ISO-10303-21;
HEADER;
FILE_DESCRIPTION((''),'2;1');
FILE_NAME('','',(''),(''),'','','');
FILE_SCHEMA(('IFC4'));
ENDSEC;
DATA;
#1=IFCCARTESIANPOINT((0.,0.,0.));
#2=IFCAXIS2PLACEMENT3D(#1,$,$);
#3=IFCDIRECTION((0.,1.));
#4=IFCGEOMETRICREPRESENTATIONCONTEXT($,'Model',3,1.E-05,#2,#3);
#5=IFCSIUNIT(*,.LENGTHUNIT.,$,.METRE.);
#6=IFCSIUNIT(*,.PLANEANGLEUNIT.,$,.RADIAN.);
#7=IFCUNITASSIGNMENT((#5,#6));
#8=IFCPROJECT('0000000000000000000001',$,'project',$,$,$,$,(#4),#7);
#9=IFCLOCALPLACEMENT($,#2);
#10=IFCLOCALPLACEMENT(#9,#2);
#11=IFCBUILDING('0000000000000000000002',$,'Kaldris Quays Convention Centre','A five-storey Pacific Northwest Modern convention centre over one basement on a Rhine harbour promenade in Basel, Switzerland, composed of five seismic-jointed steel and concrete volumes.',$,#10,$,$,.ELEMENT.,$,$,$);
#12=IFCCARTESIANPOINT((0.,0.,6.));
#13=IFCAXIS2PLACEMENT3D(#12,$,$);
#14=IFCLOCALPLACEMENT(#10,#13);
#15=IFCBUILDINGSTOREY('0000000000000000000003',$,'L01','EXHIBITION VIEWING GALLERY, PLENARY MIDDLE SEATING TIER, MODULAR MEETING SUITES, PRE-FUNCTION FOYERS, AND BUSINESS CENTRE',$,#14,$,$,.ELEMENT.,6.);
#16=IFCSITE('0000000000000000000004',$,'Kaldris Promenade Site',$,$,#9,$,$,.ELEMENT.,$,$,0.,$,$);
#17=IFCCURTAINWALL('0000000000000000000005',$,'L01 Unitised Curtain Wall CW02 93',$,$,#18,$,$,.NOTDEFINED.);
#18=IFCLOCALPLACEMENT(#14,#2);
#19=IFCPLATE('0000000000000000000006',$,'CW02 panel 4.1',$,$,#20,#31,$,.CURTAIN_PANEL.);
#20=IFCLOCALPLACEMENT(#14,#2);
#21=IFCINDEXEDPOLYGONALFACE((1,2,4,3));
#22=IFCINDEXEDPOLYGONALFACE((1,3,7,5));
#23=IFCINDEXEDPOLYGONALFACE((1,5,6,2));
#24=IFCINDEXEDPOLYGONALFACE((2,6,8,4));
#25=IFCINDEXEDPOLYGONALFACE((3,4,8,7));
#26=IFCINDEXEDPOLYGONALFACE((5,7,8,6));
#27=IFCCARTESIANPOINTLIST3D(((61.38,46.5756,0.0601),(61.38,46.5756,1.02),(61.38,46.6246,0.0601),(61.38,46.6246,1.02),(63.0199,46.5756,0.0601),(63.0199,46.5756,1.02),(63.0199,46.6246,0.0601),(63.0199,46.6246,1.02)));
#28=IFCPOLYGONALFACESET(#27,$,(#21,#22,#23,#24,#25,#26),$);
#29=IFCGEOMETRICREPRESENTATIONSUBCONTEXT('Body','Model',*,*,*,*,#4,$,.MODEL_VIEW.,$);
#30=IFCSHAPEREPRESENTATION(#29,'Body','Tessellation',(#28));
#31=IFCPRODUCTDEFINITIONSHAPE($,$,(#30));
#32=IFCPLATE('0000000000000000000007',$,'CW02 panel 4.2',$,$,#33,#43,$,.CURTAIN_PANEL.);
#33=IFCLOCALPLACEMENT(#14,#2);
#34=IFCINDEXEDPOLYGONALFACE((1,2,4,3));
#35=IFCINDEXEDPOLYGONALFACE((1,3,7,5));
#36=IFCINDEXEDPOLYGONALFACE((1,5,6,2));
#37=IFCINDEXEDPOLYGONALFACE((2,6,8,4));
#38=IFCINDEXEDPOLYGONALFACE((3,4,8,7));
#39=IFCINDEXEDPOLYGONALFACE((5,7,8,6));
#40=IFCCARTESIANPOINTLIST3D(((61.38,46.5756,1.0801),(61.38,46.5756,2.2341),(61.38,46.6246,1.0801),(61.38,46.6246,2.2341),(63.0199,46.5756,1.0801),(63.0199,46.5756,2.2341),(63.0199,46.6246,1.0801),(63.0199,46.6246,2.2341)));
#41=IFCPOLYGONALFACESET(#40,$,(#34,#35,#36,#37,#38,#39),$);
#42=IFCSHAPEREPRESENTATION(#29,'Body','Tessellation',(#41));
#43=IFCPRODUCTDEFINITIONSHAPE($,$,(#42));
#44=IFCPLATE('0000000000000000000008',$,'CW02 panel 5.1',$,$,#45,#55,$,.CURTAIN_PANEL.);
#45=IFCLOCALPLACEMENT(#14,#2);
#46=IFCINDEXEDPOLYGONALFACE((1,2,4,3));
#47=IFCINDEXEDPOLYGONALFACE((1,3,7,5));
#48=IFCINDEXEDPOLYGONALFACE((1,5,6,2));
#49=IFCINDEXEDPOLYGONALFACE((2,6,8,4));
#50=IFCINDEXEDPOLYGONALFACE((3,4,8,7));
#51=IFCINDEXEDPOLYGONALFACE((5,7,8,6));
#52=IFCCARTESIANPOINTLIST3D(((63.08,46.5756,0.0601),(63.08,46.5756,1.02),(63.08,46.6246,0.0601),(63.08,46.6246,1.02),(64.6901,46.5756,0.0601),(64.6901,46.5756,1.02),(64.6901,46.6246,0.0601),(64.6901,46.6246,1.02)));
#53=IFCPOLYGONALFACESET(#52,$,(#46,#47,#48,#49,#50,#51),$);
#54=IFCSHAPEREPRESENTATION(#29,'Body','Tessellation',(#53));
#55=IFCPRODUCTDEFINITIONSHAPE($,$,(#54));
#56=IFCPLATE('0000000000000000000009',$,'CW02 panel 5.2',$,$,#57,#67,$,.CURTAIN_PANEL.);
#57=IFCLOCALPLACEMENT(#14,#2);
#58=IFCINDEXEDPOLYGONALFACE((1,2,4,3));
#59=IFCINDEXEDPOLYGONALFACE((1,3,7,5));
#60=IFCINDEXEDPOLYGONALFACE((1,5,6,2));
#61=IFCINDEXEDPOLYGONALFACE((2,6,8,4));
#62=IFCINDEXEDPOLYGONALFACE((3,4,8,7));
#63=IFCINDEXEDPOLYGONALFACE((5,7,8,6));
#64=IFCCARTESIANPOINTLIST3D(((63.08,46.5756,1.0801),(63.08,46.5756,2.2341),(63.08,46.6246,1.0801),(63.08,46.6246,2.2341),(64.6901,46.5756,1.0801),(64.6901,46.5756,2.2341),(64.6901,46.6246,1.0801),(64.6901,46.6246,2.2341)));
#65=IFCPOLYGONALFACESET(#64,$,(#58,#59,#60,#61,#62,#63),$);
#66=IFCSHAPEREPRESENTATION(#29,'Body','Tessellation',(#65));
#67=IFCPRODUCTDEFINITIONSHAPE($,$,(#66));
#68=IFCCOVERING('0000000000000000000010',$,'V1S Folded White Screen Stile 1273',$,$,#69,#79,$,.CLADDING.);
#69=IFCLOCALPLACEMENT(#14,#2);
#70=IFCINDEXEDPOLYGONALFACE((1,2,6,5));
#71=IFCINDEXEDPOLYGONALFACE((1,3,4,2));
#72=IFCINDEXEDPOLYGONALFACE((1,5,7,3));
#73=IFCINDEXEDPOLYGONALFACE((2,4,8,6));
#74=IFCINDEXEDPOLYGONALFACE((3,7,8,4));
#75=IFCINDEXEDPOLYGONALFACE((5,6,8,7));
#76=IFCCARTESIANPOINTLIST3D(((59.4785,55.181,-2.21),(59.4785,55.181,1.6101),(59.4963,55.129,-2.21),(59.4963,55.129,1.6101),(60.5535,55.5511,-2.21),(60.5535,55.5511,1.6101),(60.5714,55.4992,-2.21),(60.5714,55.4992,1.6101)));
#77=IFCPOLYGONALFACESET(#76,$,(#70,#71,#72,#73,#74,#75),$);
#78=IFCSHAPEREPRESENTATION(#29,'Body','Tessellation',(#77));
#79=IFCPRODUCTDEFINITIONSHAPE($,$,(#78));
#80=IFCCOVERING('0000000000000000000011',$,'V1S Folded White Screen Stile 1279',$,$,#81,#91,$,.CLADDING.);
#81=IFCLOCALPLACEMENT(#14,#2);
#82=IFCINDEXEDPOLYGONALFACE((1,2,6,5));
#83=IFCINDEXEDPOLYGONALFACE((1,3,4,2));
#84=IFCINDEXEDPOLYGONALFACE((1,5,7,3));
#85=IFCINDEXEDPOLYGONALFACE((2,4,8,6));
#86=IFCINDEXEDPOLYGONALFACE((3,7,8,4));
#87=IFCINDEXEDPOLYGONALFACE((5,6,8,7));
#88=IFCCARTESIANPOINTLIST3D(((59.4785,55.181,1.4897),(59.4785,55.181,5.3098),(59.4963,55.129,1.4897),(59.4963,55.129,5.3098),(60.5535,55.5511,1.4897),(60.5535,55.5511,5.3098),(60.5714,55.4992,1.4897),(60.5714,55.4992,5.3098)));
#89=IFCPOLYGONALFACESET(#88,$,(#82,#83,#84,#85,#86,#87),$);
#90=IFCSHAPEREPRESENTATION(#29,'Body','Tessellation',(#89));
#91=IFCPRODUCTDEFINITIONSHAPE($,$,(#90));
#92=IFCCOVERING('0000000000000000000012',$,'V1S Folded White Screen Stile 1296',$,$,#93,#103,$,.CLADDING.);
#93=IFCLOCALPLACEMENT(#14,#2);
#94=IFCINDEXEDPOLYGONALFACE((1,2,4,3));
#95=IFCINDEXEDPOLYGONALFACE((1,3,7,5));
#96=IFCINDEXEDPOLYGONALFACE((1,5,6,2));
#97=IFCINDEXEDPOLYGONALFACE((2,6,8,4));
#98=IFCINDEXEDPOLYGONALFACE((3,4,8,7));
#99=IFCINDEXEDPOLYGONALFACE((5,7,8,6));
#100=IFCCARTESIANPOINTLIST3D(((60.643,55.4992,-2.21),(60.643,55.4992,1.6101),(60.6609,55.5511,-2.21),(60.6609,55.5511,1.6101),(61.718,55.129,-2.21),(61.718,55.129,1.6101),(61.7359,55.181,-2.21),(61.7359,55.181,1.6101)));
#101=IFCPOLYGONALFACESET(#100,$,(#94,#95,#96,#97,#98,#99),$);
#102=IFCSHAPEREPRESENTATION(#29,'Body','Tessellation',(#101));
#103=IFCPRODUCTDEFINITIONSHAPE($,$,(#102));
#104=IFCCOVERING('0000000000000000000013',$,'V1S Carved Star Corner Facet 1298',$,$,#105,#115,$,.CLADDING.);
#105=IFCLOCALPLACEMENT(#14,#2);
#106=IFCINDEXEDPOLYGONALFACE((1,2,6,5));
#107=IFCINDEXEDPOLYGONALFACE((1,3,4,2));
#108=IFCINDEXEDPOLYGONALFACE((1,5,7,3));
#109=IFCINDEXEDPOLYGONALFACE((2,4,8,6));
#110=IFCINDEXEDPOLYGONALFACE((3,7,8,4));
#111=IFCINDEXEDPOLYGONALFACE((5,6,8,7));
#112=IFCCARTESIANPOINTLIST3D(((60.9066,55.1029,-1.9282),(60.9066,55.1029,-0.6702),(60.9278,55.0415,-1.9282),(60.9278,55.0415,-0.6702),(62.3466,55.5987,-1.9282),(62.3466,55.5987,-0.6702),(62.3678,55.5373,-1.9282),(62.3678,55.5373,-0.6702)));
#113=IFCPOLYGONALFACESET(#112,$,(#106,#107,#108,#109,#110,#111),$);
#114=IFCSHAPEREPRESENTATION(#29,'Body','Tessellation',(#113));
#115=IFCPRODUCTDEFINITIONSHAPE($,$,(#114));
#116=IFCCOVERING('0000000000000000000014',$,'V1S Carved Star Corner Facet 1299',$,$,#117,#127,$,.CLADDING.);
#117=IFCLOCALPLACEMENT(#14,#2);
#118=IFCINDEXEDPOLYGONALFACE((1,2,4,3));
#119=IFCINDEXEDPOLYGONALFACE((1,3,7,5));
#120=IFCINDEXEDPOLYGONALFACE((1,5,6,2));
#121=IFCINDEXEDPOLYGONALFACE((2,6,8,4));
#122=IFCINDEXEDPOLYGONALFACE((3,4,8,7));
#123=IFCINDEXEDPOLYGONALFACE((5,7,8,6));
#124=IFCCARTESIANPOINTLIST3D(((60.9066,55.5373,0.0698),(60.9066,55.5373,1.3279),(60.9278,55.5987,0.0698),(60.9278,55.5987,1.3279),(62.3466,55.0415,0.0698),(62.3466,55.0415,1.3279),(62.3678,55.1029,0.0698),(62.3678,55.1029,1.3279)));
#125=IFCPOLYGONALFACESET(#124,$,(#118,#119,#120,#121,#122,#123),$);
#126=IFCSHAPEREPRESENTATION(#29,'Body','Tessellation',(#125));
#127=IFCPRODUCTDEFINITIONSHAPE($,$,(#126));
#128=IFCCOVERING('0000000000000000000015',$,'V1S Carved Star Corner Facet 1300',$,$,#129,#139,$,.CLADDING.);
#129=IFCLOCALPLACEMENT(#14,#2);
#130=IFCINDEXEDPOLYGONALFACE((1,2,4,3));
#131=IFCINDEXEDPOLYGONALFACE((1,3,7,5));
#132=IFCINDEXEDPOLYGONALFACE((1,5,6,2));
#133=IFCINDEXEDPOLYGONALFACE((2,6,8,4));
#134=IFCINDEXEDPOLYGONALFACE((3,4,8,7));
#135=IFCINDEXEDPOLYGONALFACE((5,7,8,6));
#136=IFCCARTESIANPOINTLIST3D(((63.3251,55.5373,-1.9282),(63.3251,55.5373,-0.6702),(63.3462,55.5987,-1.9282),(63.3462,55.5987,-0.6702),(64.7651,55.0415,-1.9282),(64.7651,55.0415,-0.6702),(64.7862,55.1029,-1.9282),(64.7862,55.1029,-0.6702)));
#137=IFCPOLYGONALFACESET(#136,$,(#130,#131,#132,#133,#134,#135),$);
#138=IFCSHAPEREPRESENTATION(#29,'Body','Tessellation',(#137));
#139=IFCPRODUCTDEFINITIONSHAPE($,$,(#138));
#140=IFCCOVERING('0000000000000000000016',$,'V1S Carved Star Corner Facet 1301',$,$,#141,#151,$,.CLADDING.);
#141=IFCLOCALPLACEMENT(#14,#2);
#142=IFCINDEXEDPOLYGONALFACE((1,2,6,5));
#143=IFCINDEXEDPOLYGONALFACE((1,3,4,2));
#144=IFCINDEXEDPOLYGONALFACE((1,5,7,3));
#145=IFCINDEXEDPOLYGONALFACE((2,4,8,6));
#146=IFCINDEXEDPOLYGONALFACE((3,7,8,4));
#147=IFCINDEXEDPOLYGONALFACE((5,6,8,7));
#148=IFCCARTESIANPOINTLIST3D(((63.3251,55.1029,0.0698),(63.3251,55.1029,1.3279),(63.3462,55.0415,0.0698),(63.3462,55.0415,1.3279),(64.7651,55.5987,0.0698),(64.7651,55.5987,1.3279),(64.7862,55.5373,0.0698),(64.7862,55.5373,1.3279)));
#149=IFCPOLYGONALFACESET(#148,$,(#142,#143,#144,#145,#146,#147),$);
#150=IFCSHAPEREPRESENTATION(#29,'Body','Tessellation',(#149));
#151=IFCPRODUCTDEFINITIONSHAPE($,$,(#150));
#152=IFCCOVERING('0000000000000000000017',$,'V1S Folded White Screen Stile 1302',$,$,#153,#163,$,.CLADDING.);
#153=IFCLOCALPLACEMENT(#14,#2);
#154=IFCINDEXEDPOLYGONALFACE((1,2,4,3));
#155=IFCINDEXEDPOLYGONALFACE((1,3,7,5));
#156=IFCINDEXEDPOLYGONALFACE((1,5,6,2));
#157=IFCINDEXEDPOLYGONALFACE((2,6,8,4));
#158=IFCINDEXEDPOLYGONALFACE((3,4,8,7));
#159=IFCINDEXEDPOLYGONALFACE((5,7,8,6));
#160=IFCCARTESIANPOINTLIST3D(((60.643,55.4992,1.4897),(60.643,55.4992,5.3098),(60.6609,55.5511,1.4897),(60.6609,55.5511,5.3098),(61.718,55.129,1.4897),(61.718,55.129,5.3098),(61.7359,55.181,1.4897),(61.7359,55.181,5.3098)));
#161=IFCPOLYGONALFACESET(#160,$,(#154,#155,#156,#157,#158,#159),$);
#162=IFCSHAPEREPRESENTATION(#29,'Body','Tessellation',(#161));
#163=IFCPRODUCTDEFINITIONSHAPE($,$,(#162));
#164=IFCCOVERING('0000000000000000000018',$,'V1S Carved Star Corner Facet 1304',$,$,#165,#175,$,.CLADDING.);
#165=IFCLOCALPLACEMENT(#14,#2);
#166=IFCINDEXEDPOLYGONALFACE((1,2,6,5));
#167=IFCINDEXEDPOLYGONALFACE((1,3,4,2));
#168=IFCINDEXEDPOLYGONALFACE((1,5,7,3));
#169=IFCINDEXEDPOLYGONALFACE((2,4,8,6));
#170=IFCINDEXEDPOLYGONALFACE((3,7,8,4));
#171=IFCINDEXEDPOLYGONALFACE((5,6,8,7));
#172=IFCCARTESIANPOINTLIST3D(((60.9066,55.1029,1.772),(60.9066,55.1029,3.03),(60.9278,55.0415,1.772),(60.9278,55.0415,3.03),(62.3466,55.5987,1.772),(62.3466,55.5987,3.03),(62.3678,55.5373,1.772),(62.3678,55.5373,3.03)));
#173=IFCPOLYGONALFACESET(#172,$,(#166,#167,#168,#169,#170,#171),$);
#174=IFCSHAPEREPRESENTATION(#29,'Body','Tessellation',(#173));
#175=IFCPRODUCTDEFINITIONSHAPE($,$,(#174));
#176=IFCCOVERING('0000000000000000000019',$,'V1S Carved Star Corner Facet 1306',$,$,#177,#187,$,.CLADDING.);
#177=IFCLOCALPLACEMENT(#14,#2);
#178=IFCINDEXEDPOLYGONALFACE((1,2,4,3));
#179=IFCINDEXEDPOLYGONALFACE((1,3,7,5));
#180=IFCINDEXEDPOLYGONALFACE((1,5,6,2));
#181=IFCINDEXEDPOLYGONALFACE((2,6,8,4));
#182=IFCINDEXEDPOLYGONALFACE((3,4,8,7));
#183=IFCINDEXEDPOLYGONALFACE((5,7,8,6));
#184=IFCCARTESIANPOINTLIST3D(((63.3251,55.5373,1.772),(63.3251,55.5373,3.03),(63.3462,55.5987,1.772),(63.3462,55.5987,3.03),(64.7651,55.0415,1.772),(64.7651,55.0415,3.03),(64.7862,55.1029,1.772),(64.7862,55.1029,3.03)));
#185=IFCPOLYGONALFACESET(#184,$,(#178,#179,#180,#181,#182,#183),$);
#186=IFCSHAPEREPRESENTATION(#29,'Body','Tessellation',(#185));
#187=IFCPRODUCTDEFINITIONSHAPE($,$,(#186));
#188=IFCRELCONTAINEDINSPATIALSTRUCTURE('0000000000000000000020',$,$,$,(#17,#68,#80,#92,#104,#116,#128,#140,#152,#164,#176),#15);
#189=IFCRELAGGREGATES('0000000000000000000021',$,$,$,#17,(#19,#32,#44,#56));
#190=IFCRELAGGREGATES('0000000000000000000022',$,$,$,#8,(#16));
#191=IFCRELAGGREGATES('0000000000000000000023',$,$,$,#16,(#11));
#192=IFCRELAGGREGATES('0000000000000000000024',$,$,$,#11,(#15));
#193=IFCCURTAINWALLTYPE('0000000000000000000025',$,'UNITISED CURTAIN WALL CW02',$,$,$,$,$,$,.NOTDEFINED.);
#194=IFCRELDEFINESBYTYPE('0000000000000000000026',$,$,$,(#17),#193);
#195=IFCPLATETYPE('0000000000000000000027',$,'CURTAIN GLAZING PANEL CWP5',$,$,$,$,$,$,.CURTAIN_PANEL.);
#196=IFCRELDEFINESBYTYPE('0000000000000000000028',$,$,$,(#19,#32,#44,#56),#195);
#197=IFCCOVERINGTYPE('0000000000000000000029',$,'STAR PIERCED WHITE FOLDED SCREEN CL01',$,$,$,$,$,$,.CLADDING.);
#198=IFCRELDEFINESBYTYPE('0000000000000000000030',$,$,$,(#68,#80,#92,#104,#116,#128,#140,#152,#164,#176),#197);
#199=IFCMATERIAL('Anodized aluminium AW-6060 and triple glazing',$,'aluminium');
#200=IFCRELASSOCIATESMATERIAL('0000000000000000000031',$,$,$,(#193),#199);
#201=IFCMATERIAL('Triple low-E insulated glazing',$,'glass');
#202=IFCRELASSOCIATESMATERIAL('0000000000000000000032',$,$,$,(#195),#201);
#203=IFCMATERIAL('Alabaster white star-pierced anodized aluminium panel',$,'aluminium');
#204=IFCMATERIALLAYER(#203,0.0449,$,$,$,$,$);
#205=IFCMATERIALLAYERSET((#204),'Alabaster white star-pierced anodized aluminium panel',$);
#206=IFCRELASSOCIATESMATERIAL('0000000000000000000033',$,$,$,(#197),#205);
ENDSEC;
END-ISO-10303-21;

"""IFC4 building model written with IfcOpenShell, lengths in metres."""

from ifc_helpers import new_model, si_unit, direction, frame, origin, origin_2d, place, context, subcontext, project, spatial, rectangle, extrude, material, layer, layer_set, type_object, element, aggregate, save


model = new_model("IFC4")

# Units and contexts
model_context = context("Model", 3, precision=1e-05, world=origin(), true_north=direction((0.0, 1.0)))
body_context = subcontext(model_context, "Body", "Model", "MODEL_VIEW")
ifc_project = project(units=[si_unit("LENGTHUNIT", "METRE"), si_unit("PLANEANGLEUNIT", "RADIAN")], contexts=[model_context])

# Site, building, storey
site_placement = place(None, origin())
site = spatial("IfcSite", under=ifc_project, at=site_placement, Name="Kaldris Promenade Site", CompositionType="ELEMENT", RefElevation=0.0)
building_placement = place(site_placement, origin())
building = spatial("IfcBuilding", under=site, at=building_placement, Name="Kaldris Quays Convention Centre", Description="A five-storey Pacific Northwest Modern convention centre over one basement on a Rhine harbour promenade in Basel, Switzerland, composed of five seismic-jointed steel and concrete volumes.", CompositionType="ELEMENT")
storey_placement = place(building_placement, frame((0.0, 0.0, 6.0)))
storey = spatial("IfcBuildingStorey", under=building, at=storey_placement, Name="L01", Description="EXHIBITION VIEWING GALLERY, PLENARY MIDDLE SEATING TIER, MODULAR MEETING SUITES, PRE-FUNCTION FOYERS, AND BUSINESS CENTRE", CompositionType="ELEMENT", Elevation=6.0)

# Curtain wall, plates
ifc_material_1 = material(Name="Anodized aluminium AW-6060 and triple glazing", Category="aluminium")
curtain_wall_type = type_object("IfcCurtainWallType", Name="UNITISED CURTAIN WALL CW02", PredefinedType="NOTDEFINED", material=ifc_material_1)
curtain_wall_placement = place(storey_placement, origin())
curtain_wall = element("IfcCurtainWall", 1, at=curtain_wall_placement, inside=storey, type_object=curtain_wall_type, Name="L01 Unitised Curtain Wall CW02 93", PredefinedType="NOTDEFINED")
ifc_material_2 = material(Name="Triple low-E insulated glazing", Category="glass")
plate_type = type_object("IfcPlateType", Name="CURTAIN GLAZING PANEL CWP5", PredefinedType="CURTAIN_PANEL", material=ifc_material_2)
plate_1_placement = place(storey_placement, frame((62.2, 46.6001, 0.0601), z_axis=(0.0, 0.0, 1.0), x_axis=(1.0, 0.0, 0.0)))
plate_1 = element("IfcPlate", 2, at=plate_1_placement, type_object=plate_type, Name="CW02 panel 4.1", PredefinedType="CURTAIN_PANEL", context=body_context, shape_type="SweptSolid", body=[
    extrude(rectangle(XDim=1.6399, YDim=0.0491, at=origin_2d()), origin(), (0.0, 0.0, 1.0), 0.96),
])
plate_2_placement = place(storey_placement, frame((62.2, 46.6001, 1.0801), z_axis=(0.0, 0.0, 1.0), x_axis=(1.0, 0.0, 0.0)))
plate_2 = element("IfcPlate", 3, at=plate_2_placement, type_object=plate_type, Name="CW02 panel 4.2", PredefinedType="CURTAIN_PANEL", context=body_context, shape_type="SweptSolid", body=[
    extrude(rectangle(XDim=1.6399, YDim=0.0491, at=origin_2d()), origin(), (0.0, 0.0, 1.0), 1.1541),
])
plate_3_placement = place(storey_placement, frame((63.885, 46.6001, 0.0601), z_axis=(0.0, 0.0, 1.0), x_axis=(1.0, 0.0, 0.0)))
plate_3 = element("IfcPlate", 4, at=plate_3_placement, type_object=plate_type, Name="CW02 panel 5.1", PredefinedType="CURTAIN_PANEL", context=body_context, shape_type="SweptSolid", body=[
    extrude(rectangle(XDim=1.6101, YDim=0.0491, at=origin_2d()), origin(), (0.0, 0.0, 1.0), 0.96),
])
plate_4_placement = place(storey_placement, frame((63.885, 46.6001, 1.0801), z_axis=(0.0, 0.0, 1.0), x_axis=(1.0, 0.0, 0.0)))
plate_4 = element("IfcPlate", 5, at=plate_4_placement, type_object=plate_type, Name="CW02 panel 5.2", PredefinedType="CURTAIN_PANEL", context=body_context, shape_type="SweptSolid", body=[
    extrude(rectangle(XDim=1.6101, YDim=0.0491, at=origin_2d()), origin(), (0.0, 0.0, 1.0), 1.1541),
])
aggregate(curtain_wall, [plate_1, plate_2, plate_3, plate_4])

# Coverings
ifc_material_3 = material(Name="Alabaster white star-pierced anodized aluminium panel", Category="aluminium")
ifc_layer = layer(ifc_material_3, 0.0449)
ifc_layer_set = layer_set([ifc_layer], Name="Alabaster white star-pierced anodized aluminium panel")
covering_type = type_object("IfcCoveringType", Name="STAR PIERCED WHITE FOLDED SCREEN CL01", PredefinedType="CLADDING", material=ifc_layer_set)
for number, where, z_axis, x_axis, name in (
    (6, (60.0249, 55.3401, -2.21), (0.0, 0.0, 1.0), (0.945519, 0.325568, 0.0), "V1S Folded White Screen Stile 1273"),
    (7, (60.0249, 55.3401, 1.4897), (0.0, 0.0, 1.0), (0.945519, 0.325568, 0.0), "V1S Folded White Screen Stile 1279"),
    (8, (61.1895, 55.3401, -2.21), (0.0, 0.0, 1.0), (0.945519, -0.325568, 0.0), "V1S Folded White Screen Stile 1296"),
):
    element("IfcCovering", number, at=place(storey_placement, frame(where, z_axis=z_axis, x_axis=x_axis)), inside=storey, type_object=covering_type, Name=name, PredefinedType="CLADDING", context=body_context, shape_type="SweptSolid", body=[
        extrude(rectangle(XDim=1.137, YDim=0.0549, at=origin_2d()), origin(), (0.0, 0.0, 1.0), 3.8201),
    ])
for number, where, z_axis, x_axis, name in (
    (9, (61.6372, 55.3201, -1.9282), (0.0, 0.0, 1.0), (0.945519, 0.325568, 0.0), "V1S Carved Star Corner Facet 1298"),
    (10, (61.6372, 55.3201, 0.0698), (0.0, 0.0, 1.0), (0.945519, -0.325568, 0.0), "V1S Carved Star Corner Facet 1299"),
    (11, (64.0557, 55.3201, -1.9282), (0.0, 0.0, 1.0), (0.945519, -0.325568, 0.0), "V1S Carved Star Corner Facet 1300"),
    (12, (64.0557, 55.3201, 0.0698), (0.0, 0.0, 1.0), (0.945519, 0.325568, 0.0), "V1S Carved Star Corner Facet 1301"),
):
    element("IfcCovering", number, at=place(storey_placement, frame(where, z_axis=z_axis, x_axis=x_axis)), inside=storey, type_object=covering_type, Name=name, PredefinedType="CLADDING", context=body_context, shape_type="SweptSolid", body=[
        extrude(rectangle(XDim=1.5229, YDim=0.0649, at=origin_2d()), origin(), (0.0, 0.0, 1.0), 1.2581),
    ])
covering_placement = place(storey_placement, frame((61.1895, 55.3401, 1.4897), z_axis=(0.0, 0.0, 1.0), x_axis=(0.945519, -0.325568, 0.0)))
element("IfcCovering", 13, at=covering_placement, inside=storey, type_object=covering_type, Name="V1S Folded White Screen Stile 1302", PredefinedType="CLADDING", context=body_context, shape_type="SweptSolid", body=[
    extrude(rectangle(XDim=1.137, YDim=0.0549, at=origin_2d()), origin(), (0.0, 0.0, 1.0), 3.8201),
])
for number, where, z_axis, x_axis, name in (
    (14, (61.6372, 55.3201, 1.772), (0.0, 0.0, 1.0), (0.945519, 0.325568, 0.0), "V1S Carved Star Corner Facet 1304"),
    (15, (64.0557, 55.3201, 1.772), (0.0, 0.0, 1.0), (0.945519, -0.325568, 0.0), "V1S Carved Star Corner Facet 1306"),
):
    element("IfcCovering", number, at=place(storey_placement, frame(where, z_axis=z_axis, x_axis=x_axis)), inside=storey, type_object=covering_type, Name=name, PredefinedType="CLADDING", context=body_context, shape_type="SweptSolid", body=[
        extrude(rectangle(XDim=1.5229, YDim=0.0649, at=origin_2d()), origin(), (0.0, 0.0, 1.0), 1.2581),
    ])

save(model, "model.ifc")
